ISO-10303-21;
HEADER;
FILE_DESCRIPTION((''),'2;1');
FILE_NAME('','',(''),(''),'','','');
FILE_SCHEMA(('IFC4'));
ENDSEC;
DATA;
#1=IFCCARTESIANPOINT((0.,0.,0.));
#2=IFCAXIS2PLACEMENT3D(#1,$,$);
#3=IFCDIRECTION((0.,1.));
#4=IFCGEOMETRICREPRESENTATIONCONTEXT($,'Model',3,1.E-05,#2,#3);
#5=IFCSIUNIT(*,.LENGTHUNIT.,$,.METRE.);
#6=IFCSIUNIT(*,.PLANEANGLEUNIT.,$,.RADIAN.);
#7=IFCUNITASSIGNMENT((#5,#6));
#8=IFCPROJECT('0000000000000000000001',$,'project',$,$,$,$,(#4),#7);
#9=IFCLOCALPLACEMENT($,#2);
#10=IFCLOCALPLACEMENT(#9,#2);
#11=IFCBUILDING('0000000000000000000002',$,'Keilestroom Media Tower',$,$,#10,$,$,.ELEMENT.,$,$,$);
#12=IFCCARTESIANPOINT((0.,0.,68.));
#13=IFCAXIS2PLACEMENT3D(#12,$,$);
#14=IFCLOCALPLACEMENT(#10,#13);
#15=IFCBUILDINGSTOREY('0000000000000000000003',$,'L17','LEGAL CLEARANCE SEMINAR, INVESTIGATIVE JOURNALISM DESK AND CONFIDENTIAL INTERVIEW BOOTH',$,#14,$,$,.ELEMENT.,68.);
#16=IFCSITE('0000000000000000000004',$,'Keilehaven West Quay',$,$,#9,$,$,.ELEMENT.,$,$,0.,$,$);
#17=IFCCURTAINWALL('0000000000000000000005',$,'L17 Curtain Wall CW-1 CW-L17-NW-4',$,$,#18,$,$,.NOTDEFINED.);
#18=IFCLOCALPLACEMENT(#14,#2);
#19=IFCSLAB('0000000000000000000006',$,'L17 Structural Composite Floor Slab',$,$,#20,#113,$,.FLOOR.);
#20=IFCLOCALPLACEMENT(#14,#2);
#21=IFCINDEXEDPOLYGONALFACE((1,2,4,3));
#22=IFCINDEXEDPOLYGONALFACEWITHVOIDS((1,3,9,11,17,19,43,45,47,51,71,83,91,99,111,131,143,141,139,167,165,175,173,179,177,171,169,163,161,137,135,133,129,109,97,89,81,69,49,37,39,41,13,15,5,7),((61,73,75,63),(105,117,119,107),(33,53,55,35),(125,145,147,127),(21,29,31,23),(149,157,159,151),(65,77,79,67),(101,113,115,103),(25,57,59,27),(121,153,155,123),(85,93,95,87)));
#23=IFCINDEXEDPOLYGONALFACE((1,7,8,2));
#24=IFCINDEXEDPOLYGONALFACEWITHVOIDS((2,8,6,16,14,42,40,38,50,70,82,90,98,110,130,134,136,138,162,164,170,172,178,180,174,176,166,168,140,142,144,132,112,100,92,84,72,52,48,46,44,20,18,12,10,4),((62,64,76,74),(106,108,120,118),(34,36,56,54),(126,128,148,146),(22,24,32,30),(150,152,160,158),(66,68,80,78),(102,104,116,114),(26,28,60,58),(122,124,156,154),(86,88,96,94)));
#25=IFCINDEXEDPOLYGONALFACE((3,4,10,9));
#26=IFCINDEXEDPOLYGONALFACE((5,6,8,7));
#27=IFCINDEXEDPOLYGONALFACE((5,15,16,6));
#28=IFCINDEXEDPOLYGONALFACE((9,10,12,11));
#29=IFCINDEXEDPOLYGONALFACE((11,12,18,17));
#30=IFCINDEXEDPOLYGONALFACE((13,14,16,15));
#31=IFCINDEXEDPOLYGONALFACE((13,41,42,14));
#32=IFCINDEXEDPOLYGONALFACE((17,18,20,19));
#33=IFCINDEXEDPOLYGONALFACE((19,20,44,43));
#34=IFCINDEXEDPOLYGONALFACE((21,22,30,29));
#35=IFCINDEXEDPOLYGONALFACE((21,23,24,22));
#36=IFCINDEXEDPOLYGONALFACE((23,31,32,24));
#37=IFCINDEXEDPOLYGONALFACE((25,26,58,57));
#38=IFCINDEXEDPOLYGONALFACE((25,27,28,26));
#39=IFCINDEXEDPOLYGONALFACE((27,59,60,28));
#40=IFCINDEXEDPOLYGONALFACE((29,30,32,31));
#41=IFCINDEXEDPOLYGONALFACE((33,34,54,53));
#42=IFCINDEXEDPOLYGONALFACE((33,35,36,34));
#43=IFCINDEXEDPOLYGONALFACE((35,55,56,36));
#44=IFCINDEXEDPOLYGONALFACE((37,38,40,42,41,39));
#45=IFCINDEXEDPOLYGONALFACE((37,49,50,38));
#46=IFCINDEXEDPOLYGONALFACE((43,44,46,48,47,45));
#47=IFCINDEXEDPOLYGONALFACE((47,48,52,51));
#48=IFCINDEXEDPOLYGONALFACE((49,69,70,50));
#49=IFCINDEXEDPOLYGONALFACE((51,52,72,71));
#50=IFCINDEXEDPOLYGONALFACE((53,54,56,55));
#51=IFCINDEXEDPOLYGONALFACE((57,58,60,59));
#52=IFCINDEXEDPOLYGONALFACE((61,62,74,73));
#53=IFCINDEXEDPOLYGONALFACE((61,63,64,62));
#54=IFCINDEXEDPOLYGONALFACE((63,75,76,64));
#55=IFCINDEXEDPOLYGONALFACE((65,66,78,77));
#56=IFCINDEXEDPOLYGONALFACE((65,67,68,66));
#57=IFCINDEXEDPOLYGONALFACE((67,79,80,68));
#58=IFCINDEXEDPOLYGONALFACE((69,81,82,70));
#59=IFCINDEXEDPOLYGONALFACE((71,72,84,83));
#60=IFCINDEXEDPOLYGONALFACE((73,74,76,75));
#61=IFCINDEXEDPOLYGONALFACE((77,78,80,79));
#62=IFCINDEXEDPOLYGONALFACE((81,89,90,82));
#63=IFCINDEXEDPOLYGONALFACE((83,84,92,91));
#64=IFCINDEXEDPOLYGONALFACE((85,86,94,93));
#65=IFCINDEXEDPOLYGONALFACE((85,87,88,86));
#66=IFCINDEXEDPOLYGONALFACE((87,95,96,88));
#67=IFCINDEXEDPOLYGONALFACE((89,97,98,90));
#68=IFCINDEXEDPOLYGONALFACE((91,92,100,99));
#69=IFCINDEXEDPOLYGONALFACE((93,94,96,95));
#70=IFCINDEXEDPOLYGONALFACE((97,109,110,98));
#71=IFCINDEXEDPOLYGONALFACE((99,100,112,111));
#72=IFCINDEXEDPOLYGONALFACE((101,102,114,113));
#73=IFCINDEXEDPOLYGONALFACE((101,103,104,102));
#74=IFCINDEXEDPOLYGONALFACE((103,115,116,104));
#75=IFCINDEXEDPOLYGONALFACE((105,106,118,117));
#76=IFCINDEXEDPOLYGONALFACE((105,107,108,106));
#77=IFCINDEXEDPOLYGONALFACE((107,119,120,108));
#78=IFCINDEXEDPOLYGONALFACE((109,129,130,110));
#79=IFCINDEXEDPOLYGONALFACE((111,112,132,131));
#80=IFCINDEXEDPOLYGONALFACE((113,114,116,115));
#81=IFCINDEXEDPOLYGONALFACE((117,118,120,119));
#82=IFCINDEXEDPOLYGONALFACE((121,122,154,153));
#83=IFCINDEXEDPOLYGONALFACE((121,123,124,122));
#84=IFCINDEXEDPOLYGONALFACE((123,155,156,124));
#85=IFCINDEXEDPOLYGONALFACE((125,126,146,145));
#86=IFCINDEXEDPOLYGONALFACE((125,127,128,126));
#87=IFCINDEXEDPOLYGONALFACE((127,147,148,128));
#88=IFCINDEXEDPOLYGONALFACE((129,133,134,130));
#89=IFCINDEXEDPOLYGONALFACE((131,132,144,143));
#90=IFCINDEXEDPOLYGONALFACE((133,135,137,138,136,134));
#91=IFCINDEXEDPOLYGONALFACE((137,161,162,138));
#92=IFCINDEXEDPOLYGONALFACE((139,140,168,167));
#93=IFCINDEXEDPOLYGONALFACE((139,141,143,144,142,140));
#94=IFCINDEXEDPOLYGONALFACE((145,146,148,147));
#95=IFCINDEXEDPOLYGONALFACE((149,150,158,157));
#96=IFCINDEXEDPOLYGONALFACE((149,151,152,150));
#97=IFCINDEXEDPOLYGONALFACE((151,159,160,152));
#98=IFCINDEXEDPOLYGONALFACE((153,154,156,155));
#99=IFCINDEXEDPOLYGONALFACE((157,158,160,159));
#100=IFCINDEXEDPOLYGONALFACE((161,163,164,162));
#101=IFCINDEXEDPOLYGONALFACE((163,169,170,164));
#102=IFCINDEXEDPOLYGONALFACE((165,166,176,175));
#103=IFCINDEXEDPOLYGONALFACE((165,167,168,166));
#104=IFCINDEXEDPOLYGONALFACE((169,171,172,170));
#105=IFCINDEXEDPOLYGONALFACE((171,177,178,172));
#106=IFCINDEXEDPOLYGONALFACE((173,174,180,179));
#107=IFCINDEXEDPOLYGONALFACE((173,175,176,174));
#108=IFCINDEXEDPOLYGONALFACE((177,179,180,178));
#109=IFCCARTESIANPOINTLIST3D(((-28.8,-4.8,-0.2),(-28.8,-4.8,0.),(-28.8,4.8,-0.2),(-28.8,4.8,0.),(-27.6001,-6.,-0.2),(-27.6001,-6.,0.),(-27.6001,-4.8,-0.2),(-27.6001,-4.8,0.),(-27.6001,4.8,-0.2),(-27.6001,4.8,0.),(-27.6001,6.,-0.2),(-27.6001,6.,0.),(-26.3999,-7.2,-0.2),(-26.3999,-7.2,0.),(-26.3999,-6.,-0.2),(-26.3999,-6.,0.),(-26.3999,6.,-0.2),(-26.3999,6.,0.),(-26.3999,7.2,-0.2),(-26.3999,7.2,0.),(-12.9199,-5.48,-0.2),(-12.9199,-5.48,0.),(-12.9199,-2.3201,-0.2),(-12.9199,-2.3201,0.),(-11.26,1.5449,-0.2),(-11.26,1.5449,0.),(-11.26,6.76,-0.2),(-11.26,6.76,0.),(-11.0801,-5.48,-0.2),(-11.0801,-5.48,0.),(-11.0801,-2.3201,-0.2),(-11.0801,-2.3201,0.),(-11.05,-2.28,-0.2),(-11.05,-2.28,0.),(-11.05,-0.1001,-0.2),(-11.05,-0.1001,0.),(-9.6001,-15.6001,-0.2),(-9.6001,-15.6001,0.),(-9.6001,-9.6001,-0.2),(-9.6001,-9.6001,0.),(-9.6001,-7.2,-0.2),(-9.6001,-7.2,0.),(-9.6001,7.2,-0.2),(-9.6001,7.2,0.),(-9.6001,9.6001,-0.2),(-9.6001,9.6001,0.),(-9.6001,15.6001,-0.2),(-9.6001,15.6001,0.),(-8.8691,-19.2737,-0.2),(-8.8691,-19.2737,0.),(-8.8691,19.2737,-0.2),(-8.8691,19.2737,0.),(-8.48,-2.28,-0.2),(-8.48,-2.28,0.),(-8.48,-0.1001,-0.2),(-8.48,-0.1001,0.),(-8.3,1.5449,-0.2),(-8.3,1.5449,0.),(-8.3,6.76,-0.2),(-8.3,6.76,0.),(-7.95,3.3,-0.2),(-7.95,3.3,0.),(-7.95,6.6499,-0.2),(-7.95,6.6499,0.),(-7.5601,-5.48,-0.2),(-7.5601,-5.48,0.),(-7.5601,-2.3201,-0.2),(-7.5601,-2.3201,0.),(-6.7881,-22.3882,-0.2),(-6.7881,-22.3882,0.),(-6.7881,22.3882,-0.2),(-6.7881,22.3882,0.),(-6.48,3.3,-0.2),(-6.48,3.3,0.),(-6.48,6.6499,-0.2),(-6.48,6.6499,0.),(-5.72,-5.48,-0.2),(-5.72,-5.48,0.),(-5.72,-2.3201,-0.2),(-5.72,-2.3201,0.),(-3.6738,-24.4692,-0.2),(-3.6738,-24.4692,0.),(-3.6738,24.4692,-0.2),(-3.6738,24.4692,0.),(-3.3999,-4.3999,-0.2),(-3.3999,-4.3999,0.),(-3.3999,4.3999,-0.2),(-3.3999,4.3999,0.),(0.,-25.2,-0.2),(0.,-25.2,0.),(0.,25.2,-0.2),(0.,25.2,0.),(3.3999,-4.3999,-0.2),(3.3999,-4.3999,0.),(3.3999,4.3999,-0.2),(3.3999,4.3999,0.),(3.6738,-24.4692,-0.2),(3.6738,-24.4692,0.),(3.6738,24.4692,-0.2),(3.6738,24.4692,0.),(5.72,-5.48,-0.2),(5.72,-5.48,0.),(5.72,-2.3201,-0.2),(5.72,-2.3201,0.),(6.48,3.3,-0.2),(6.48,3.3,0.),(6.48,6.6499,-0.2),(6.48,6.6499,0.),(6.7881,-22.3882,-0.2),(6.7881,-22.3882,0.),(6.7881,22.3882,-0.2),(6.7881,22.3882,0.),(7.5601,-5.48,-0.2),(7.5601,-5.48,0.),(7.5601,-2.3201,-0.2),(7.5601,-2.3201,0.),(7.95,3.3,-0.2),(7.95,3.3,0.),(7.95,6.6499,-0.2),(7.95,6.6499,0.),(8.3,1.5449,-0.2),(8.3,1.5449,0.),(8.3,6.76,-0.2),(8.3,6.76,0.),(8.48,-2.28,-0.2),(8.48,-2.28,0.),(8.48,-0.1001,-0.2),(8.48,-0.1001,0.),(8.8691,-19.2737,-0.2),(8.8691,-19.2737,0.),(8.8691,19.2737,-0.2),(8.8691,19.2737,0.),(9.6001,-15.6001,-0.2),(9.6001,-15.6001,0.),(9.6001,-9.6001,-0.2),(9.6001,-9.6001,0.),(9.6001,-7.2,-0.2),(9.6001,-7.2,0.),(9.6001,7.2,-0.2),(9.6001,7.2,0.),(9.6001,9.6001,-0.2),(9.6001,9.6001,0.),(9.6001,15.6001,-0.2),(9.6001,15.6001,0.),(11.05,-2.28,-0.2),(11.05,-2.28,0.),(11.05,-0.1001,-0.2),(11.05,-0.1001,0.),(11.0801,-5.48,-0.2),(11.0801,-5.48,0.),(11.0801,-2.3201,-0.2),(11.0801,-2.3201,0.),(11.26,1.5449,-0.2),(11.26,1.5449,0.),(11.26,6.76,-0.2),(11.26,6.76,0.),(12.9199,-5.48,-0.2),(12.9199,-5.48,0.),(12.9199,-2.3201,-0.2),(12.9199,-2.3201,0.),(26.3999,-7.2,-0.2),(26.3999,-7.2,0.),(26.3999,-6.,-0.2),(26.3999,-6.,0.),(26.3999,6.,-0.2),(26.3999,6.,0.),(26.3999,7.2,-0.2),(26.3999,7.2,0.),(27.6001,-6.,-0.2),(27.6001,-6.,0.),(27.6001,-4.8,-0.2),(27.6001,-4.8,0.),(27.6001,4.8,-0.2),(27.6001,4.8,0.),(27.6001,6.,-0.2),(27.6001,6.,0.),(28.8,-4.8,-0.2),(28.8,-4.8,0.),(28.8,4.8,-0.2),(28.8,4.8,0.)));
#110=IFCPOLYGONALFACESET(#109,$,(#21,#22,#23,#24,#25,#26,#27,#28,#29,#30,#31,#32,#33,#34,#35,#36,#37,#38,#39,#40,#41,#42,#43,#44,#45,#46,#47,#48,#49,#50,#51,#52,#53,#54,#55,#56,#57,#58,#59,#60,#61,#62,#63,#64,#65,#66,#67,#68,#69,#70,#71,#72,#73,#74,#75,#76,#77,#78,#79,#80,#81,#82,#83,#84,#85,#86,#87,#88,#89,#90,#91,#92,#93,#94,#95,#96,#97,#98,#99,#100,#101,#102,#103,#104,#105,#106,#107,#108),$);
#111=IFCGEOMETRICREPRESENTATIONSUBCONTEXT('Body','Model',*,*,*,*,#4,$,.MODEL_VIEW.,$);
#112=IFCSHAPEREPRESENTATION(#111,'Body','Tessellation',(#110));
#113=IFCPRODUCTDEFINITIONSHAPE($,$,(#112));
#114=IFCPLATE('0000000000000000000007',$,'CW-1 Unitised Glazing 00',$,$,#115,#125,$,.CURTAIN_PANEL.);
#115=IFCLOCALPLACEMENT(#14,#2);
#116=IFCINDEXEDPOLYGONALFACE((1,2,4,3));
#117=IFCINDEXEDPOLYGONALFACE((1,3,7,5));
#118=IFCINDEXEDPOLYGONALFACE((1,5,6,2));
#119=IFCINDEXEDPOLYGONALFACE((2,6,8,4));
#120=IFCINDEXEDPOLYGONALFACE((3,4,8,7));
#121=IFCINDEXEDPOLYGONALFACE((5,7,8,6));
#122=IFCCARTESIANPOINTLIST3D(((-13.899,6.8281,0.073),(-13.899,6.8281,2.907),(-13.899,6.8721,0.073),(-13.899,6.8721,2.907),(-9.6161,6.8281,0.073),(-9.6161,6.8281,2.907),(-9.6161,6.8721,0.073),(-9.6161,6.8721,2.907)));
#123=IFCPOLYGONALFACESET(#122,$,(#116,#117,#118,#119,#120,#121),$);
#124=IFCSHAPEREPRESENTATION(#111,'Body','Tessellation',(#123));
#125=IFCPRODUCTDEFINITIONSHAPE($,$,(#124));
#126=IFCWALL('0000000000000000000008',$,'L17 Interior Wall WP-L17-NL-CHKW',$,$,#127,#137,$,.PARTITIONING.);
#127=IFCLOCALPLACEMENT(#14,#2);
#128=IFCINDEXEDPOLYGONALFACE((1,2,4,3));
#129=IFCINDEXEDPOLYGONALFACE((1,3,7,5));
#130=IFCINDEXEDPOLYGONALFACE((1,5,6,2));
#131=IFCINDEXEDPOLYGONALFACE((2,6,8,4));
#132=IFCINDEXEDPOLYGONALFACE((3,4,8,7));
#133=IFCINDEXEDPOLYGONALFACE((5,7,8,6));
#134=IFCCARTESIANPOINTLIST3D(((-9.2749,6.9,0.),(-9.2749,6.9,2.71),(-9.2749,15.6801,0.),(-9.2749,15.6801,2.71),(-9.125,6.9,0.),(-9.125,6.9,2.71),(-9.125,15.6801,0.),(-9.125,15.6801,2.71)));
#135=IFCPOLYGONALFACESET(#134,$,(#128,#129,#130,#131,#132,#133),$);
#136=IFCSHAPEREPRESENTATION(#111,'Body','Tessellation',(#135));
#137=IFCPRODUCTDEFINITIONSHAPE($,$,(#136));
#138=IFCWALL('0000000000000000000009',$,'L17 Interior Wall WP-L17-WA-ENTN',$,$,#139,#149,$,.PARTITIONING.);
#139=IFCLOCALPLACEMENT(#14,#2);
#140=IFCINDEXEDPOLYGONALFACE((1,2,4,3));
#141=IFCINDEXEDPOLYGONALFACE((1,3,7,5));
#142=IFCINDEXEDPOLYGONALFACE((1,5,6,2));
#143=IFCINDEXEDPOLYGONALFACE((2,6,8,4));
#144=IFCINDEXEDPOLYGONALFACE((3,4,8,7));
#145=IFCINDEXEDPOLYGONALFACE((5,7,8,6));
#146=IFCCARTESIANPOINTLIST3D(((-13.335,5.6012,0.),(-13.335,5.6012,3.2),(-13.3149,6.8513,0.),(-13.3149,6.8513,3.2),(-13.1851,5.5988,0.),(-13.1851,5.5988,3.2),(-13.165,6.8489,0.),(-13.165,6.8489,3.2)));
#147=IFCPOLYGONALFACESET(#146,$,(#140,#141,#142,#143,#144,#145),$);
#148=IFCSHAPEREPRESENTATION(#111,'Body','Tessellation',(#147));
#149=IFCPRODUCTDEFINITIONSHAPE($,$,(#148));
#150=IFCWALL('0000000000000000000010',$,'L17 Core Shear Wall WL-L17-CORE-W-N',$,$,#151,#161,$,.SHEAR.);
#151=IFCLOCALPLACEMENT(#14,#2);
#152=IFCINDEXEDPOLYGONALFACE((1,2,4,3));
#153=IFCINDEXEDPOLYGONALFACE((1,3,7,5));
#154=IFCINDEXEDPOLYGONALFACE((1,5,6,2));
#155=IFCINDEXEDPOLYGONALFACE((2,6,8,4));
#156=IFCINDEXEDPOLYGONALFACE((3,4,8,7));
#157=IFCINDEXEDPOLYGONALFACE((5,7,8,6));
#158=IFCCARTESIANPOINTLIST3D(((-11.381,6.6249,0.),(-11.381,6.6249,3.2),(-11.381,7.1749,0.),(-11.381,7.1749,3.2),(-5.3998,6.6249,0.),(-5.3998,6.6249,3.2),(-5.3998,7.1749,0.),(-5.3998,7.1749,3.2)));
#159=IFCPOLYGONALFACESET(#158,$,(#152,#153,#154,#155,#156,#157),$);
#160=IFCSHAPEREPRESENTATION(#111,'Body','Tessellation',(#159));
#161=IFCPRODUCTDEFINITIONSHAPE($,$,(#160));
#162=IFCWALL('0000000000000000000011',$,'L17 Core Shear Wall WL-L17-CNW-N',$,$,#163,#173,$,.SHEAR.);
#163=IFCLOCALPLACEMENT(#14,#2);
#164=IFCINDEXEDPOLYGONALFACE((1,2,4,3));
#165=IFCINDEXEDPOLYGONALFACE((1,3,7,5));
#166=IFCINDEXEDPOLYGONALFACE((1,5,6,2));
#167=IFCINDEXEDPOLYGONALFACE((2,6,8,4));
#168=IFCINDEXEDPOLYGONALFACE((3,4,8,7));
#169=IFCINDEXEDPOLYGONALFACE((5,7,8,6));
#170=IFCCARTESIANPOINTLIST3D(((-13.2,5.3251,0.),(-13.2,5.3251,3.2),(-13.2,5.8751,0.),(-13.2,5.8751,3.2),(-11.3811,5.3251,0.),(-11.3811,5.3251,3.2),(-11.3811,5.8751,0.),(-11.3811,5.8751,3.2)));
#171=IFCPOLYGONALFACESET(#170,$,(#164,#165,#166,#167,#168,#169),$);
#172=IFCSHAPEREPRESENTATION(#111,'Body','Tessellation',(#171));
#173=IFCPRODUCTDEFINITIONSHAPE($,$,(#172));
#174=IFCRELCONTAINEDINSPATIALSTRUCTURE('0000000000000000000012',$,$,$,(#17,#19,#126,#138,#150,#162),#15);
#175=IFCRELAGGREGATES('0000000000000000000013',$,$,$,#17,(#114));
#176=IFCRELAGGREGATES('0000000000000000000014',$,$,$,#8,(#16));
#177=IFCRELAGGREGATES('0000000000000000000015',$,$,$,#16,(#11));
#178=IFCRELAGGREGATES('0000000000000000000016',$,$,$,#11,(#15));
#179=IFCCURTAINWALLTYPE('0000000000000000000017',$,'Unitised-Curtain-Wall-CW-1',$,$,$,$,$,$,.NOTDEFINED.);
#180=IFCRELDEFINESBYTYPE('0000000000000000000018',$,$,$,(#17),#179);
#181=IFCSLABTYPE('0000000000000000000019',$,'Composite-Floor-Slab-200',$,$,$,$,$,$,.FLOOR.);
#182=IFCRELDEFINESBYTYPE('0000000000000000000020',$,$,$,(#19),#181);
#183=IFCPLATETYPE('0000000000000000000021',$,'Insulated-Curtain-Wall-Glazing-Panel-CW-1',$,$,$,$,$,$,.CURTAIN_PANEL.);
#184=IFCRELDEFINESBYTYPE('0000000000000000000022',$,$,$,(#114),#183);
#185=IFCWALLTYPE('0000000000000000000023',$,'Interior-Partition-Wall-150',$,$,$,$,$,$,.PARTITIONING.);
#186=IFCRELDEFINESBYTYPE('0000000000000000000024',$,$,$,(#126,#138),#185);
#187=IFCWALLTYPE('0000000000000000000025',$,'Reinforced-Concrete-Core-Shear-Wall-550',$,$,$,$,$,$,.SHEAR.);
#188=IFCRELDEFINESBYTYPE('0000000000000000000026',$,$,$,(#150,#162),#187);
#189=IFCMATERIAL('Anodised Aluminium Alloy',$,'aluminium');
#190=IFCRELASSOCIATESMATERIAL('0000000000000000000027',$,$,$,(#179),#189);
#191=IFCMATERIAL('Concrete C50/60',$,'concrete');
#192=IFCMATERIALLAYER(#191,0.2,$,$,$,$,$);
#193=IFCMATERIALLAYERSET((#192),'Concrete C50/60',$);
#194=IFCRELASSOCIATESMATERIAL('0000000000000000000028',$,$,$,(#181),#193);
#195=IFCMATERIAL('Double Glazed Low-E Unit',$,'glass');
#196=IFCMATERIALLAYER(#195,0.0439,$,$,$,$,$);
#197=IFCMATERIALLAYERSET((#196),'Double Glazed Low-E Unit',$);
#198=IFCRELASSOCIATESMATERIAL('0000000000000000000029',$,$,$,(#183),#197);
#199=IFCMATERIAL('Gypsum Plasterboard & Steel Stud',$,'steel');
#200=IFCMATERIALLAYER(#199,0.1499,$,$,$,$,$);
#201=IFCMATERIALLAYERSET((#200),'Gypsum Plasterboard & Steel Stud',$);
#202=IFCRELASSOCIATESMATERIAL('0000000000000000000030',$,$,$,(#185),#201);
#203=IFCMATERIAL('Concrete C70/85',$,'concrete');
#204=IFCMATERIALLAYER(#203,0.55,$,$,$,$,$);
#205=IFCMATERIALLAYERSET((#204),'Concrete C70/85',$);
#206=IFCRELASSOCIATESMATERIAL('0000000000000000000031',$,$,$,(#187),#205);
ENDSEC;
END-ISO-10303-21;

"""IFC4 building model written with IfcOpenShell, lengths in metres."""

from ifc_helpers import new_model, si_unit, direction, frame, frame_2d, origin, origin_2d, place, context, subcontext, project, spatial, polyline, rectangle, outline, extrude, source, transform, mapped, material, layer, layer_set, type_object, element, aggregate, save


model = new_model("IFC4")

# Units and contexts
model_context = context("Model", 3, precision=1e-05, world=origin(), true_north=direction((0.0, 1.0)))
body_context = subcontext(model_context, "Body", "Model", "MODEL_VIEW")
ifc_project = project(units=[si_unit("LENGTHUNIT", "METRE"), si_unit("PLANEANGLEUNIT", "RADIAN")], contexts=[model_context])

# Site, building, storey
site_placement = place(None, origin())
site = spatial("IfcSite", under=ifc_project, at=site_placement, Name="Keilehaven West Quay", CompositionType="ELEMENT", RefElevation=0.0)
building_placement = place(site_placement, origin())
building = spatial("IfcBuilding", under=site, at=building_placement, Name="Keilestroom Media Tower", CompositionType="ELEMENT")
storey_placement = place(building_placement, frame((0.0, 0.0, 68.0)))
storey = spatial("IfcBuildingStorey", under=building, at=storey_placement, Name="L17", Description="LEGAL CLEARANCE SEMINAR, INVESTIGATIVE JOURNALISM DESK AND CONFIDENTIAL INTERVIEW BOOTH", CompositionType="ELEMENT", Elevation=68.0)

# Shared definitions
ifc_material_1 = material(Name="Concrete C70/85", Category="concrete")

# Curtain wall
ifc_material_2 = material(Name="Anodised Aluminium Alloy", Category="aluminium")
curtain_wall_type = type_object("IfcCurtainWallType", Name="Unitised-Curtain-Wall-CW-1", PredefinedType="NOTDEFINED", material=ifc_material_2)
curtain_wall_placement = place(storey_placement, origin())
curtain_wall = element("IfcCurtainWall", 1, at=curtain_wall_placement, inside=storey, type_object=curtain_wall_type, Name="L17 Curtain Wall CW-1 CW-L17-NW-4", PredefinedType="NOTDEFINED")

# Slab
ifc_material_3 = material(Name="Concrete C50/60", Category="concrete")
ifc_layer_1 = layer(ifc_material_3, 0.2)
ifc_layer_set_1 = layer_set([ifc_layer_1], Name="Concrete C50/60")
slab_type = type_object("IfcSlabType", Name="Composite-Floor-Slab-200", PredefinedType="FLOOR", material=ifc_layer_set_1)
slab_placement = place(storey_placement, frame((0.0, 0.0, -0.2)))
element("IfcSlab", 2, at=slab_placement, inside=storey, type_object=slab_type, Name="L17 Structural Composite Floor Slab", PredefinedType="FLOOR", context=body_context, shape_type="SweptSolid", body=[
    extrude(outline(polyline([(28.8, -4.8), (28.8, 4.8), (27.6001, 4.8), (27.6001, 6.0), (26.3999, 6.0), (26.3999, 7.2), (9.6001, 7.2), (9.6001, 9.6001), (9.6001, 15.6001), (8.8691, 19.2737), (6.7881, 22.3882), (3.6738, 24.4692), (0.0, 25.2), (-3.6738, 24.4692), (-6.7881, 22.3882), (-8.8691, 19.2737), (-9.6001, 15.6001), (-9.6001, 9.6001), (-9.6001, 7.2), (-26.3999, 7.2), (-26.3999, 6.0), (-27.6001, 6.0), (-27.6001, 4.8), (-28.8, 4.8), (-28.8, -4.8), (-27.6001, -4.8), (-27.6001, -6.0), (-26.3999, -6.0), (-26.3999, -7.2), (-9.6001, -7.2), (-9.6001, -9.6001), (-9.6001, -15.6001), (-8.8691, -19.2737), (-6.7881, -22.3882), (-3.6738, -24.4692), (0.0, -25.2), (3.6738, -24.4692), (6.7881, -22.3882), (8.8691, -19.2737), (9.6001, -15.6001), (9.6001, -9.6001), (9.6001, -7.2), (26.3999, -7.2), (26.3999, -6.0), (27.6001, -6.0), (27.6001, -4.8), (28.8, -4.8)]), holes=[polyline([(-12.9199, -5.48), (-12.9199, -2.3201), (-11.0801, -2.3201), (-11.0801, -5.48), (-12.9199, -5.48)]), polyline([(-11.26, 1.5449), (-11.26, 6.76), (-8.3, 6.76), (-8.3, 1.5449), (-11.26, 1.5449)]), polyline([(-11.05, -2.28), (-11.05, -0.1001), (-8.48, -0.1001), (-8.48, -2.28), (-11.05, -2.28)]), polyline([(-7.95, 3.3), (-7.95, 6.6499), (-6.48, 6.6499), (-6.48, 3.3), (-7.95, 3.3)]), polyline([(-7.5601, -5.48), (-7.5601, -2.3201), (-5.72, -2.3201), (-5.72, -5.48), (-7.5601, -5.48)]), polyline([(-3.3999, -4.3999), (-3.3999, 4.3999), (3.3999, 4.3999), (3.3999, -4.3999), (-3.3999, -4.3999)]), polyline([(5.72, -5.48), (5.72, -2.3201), (7.5601, -2.3201), (7.5601, -5.48), (5.72, -5.48)]), polyline([(7.95, 6.6499), (7.95, 3.3), (6.48, 3.3), (6.48, 6.6499), (7.95, 6.6499)]), polyline([(8.3, 6.76), (11.26, 6.76), (11.26, 1.5449), (8.3, 1.5449), (8.3, 6.76)]), polyline([(8.48, -2.28), (8.48, -0.1001), (11.05, -0.1001), (11.05, -2.28), (8.48, -2.28)]), polyline([(12.9199, -5.48), (11.0801, -5.48), (11.0801, -2.3201), (12.9199, -2.3201), (12.9199, -5.48)])]), origin(), (0.0, 0.0, 1.0), 0.2),
])

# Plate
ifc_material_4 = material(Name="Double Glazed Low-E Unit", Category="glass")
ifc_layer_2 = layer(ifc_material_4, 0.0439)
ifc_layer_set_2 = layer_set([ifc_layer_2], Name="Double Glazed Low-E Unit")
plate_type = type_object("IfcPlateType", Name="Insulated-Curtain-Wall-Glazing-Panel-CW-1", PredefinedType="CURTAIN_PANEL", material=ifc_layer_set_2)
shared_shape_1 = source(origin(), body_context, "Body", "SweptSolid", [
    extrude(rectangle(XDim=4.283, YDim=0.0439, at=origin_2d()), origin(), (0.0, 0.0, 1.0), 2.834),
])
plate_placement = place(storey_placement, frame((-11.7576, 6.8501, 0.073), z_axis=(0.0, 0.0, 1.0), x_axis=(1.0, 0.0, 0.0)))
plate = element("IfcPlate", 3, at=plate_placement, type_object=plate_type, Name="CW-1 Unitised Glazing 00", PredefinedType="CURTAIN_PANEL", context=body_context, shape_type="MappedRepresentation", body=[
    mapped(shared_shape_1, transform((0.0, 0.0, 0.0), x_axis=(1.0, 0.0, 0.0), y_axis=(0.0, 1.0, 0.0), z_axis=(0.0, 0.0, 1.0), scale=1.0)),
])
aggregate(curtain_wall, [plate])

# Walls
ifc_material_5 = material(Name="Gypsum Plasterboard & Steel Stud", Category="steel")
ifc_layer_3 = layer(ifc_material_5, 0.1499)
ifc_layer_set_3 = layer_set([ifc_layer_3], Name="Gypsum Plasterboard & Steel Stud")
wall_type_1 = type_object("IfcWallType", Name="Interior-Partition-Wall-150", PredefinedType="PARTITIONING", material=ifc_layer_set_3)
wall_1_placement = place(storey_placement, frame((-9.2, 6.8999, 0.0), z_axis=(0.0, 0.0, 1.0), x_axis=(0.0, 1.0, 0.0)))
element("IfcWall", 4, at=wall_1_placement, inside=storey, type_object=wall_type_1, Name="L17 Interior Wall WP-L17-NL-CHKW", PredefinedType="PARTITIONING", context=body_context, shape_type="SweptSolid", body=[
    extrude(rectangle(XDim=8.78, YDim=0.1499, at=frame_2d((4.3901, 0.0))), origin(), (0.0, 0.0, 1.0), 2.71),
])
wall_2_placement = place(storey_placement, frame((-13.26, 5.6001, 0.0), z_axis=(0.0, 0.0, 1.0), x_axis=(0.016014, 0.999872, 0.0)))
element("IfcWall", 5, at=wall_2_placement, inside=storey, type_object=wall_type_1, Name="L17 Interior Wall WP-L17-WA-ENTN", PredefinedType="PARTITIONING", context=body_context, shape_type="SweptSolid", body=[
    extrude(rectangle(XDim=1.2502, YDim=0.1499, at=frame_2d((0.625, 0.0))), origin(), (0.0, 0.0, 1.0), 3.2),
])
ifc_layer_4 = layer(ifc_material_1, 0.55)
ifc_layer_set_4 = layer_set([ifc_layer_4], Name="Concrete C70/85")
wall_type_2 = type_object("IfcWallType", Name="Reinforced-Concrete-Core-Shear-Wall-550", PredefinedType="SHEAR", material=ifc_layer_set_4)
wall_3_placement = place(storey_placement, frame((-11.3811, 6.8999, 0.0), z_axis=(0.0, 0.0, 1.0), x_axis=(1.0, 0.0, 0.0)))
element("IfcWall", 6, at=wall_3_placement, inside=storey, type_object=wall_type_2, Name="L17 Core Shear Wall WL-L17-CORE-W-N", PredefinedType="SHEAR", context=body_context, shape_type="SweptSolid", body=[
    extrude(rectangle(XDim=5.9812, YDim=0.55, at=frame_2d((2.9907, 0.0))), origin(), (0.0, 0.0, 1.0), 3.2),
])
wall_4_placement = place(storey_placement, frame((-13.2, 5.6001, 0.0), z_axis=(0.0, 0.0, 1.0), x_axis=(1.0, 0.0, 0.0)))
element("IfcWall", 7, at=wall_4_placement, inside=storey, type_object=wall_type_2, Name="L17 Core Shear Wall WL-L17-CNW-N", PredefinedType="SHEAR", context=body_context, shape_type="SweptSolid", body=[
    extrude(rectangle(XDim=1.8188, YDim=0.55, at=frame_2d((0.9094, 0.0))), origin(), (0.0, 0.0, 1.0), 3.2),
])

save(model, "model.ifc")
